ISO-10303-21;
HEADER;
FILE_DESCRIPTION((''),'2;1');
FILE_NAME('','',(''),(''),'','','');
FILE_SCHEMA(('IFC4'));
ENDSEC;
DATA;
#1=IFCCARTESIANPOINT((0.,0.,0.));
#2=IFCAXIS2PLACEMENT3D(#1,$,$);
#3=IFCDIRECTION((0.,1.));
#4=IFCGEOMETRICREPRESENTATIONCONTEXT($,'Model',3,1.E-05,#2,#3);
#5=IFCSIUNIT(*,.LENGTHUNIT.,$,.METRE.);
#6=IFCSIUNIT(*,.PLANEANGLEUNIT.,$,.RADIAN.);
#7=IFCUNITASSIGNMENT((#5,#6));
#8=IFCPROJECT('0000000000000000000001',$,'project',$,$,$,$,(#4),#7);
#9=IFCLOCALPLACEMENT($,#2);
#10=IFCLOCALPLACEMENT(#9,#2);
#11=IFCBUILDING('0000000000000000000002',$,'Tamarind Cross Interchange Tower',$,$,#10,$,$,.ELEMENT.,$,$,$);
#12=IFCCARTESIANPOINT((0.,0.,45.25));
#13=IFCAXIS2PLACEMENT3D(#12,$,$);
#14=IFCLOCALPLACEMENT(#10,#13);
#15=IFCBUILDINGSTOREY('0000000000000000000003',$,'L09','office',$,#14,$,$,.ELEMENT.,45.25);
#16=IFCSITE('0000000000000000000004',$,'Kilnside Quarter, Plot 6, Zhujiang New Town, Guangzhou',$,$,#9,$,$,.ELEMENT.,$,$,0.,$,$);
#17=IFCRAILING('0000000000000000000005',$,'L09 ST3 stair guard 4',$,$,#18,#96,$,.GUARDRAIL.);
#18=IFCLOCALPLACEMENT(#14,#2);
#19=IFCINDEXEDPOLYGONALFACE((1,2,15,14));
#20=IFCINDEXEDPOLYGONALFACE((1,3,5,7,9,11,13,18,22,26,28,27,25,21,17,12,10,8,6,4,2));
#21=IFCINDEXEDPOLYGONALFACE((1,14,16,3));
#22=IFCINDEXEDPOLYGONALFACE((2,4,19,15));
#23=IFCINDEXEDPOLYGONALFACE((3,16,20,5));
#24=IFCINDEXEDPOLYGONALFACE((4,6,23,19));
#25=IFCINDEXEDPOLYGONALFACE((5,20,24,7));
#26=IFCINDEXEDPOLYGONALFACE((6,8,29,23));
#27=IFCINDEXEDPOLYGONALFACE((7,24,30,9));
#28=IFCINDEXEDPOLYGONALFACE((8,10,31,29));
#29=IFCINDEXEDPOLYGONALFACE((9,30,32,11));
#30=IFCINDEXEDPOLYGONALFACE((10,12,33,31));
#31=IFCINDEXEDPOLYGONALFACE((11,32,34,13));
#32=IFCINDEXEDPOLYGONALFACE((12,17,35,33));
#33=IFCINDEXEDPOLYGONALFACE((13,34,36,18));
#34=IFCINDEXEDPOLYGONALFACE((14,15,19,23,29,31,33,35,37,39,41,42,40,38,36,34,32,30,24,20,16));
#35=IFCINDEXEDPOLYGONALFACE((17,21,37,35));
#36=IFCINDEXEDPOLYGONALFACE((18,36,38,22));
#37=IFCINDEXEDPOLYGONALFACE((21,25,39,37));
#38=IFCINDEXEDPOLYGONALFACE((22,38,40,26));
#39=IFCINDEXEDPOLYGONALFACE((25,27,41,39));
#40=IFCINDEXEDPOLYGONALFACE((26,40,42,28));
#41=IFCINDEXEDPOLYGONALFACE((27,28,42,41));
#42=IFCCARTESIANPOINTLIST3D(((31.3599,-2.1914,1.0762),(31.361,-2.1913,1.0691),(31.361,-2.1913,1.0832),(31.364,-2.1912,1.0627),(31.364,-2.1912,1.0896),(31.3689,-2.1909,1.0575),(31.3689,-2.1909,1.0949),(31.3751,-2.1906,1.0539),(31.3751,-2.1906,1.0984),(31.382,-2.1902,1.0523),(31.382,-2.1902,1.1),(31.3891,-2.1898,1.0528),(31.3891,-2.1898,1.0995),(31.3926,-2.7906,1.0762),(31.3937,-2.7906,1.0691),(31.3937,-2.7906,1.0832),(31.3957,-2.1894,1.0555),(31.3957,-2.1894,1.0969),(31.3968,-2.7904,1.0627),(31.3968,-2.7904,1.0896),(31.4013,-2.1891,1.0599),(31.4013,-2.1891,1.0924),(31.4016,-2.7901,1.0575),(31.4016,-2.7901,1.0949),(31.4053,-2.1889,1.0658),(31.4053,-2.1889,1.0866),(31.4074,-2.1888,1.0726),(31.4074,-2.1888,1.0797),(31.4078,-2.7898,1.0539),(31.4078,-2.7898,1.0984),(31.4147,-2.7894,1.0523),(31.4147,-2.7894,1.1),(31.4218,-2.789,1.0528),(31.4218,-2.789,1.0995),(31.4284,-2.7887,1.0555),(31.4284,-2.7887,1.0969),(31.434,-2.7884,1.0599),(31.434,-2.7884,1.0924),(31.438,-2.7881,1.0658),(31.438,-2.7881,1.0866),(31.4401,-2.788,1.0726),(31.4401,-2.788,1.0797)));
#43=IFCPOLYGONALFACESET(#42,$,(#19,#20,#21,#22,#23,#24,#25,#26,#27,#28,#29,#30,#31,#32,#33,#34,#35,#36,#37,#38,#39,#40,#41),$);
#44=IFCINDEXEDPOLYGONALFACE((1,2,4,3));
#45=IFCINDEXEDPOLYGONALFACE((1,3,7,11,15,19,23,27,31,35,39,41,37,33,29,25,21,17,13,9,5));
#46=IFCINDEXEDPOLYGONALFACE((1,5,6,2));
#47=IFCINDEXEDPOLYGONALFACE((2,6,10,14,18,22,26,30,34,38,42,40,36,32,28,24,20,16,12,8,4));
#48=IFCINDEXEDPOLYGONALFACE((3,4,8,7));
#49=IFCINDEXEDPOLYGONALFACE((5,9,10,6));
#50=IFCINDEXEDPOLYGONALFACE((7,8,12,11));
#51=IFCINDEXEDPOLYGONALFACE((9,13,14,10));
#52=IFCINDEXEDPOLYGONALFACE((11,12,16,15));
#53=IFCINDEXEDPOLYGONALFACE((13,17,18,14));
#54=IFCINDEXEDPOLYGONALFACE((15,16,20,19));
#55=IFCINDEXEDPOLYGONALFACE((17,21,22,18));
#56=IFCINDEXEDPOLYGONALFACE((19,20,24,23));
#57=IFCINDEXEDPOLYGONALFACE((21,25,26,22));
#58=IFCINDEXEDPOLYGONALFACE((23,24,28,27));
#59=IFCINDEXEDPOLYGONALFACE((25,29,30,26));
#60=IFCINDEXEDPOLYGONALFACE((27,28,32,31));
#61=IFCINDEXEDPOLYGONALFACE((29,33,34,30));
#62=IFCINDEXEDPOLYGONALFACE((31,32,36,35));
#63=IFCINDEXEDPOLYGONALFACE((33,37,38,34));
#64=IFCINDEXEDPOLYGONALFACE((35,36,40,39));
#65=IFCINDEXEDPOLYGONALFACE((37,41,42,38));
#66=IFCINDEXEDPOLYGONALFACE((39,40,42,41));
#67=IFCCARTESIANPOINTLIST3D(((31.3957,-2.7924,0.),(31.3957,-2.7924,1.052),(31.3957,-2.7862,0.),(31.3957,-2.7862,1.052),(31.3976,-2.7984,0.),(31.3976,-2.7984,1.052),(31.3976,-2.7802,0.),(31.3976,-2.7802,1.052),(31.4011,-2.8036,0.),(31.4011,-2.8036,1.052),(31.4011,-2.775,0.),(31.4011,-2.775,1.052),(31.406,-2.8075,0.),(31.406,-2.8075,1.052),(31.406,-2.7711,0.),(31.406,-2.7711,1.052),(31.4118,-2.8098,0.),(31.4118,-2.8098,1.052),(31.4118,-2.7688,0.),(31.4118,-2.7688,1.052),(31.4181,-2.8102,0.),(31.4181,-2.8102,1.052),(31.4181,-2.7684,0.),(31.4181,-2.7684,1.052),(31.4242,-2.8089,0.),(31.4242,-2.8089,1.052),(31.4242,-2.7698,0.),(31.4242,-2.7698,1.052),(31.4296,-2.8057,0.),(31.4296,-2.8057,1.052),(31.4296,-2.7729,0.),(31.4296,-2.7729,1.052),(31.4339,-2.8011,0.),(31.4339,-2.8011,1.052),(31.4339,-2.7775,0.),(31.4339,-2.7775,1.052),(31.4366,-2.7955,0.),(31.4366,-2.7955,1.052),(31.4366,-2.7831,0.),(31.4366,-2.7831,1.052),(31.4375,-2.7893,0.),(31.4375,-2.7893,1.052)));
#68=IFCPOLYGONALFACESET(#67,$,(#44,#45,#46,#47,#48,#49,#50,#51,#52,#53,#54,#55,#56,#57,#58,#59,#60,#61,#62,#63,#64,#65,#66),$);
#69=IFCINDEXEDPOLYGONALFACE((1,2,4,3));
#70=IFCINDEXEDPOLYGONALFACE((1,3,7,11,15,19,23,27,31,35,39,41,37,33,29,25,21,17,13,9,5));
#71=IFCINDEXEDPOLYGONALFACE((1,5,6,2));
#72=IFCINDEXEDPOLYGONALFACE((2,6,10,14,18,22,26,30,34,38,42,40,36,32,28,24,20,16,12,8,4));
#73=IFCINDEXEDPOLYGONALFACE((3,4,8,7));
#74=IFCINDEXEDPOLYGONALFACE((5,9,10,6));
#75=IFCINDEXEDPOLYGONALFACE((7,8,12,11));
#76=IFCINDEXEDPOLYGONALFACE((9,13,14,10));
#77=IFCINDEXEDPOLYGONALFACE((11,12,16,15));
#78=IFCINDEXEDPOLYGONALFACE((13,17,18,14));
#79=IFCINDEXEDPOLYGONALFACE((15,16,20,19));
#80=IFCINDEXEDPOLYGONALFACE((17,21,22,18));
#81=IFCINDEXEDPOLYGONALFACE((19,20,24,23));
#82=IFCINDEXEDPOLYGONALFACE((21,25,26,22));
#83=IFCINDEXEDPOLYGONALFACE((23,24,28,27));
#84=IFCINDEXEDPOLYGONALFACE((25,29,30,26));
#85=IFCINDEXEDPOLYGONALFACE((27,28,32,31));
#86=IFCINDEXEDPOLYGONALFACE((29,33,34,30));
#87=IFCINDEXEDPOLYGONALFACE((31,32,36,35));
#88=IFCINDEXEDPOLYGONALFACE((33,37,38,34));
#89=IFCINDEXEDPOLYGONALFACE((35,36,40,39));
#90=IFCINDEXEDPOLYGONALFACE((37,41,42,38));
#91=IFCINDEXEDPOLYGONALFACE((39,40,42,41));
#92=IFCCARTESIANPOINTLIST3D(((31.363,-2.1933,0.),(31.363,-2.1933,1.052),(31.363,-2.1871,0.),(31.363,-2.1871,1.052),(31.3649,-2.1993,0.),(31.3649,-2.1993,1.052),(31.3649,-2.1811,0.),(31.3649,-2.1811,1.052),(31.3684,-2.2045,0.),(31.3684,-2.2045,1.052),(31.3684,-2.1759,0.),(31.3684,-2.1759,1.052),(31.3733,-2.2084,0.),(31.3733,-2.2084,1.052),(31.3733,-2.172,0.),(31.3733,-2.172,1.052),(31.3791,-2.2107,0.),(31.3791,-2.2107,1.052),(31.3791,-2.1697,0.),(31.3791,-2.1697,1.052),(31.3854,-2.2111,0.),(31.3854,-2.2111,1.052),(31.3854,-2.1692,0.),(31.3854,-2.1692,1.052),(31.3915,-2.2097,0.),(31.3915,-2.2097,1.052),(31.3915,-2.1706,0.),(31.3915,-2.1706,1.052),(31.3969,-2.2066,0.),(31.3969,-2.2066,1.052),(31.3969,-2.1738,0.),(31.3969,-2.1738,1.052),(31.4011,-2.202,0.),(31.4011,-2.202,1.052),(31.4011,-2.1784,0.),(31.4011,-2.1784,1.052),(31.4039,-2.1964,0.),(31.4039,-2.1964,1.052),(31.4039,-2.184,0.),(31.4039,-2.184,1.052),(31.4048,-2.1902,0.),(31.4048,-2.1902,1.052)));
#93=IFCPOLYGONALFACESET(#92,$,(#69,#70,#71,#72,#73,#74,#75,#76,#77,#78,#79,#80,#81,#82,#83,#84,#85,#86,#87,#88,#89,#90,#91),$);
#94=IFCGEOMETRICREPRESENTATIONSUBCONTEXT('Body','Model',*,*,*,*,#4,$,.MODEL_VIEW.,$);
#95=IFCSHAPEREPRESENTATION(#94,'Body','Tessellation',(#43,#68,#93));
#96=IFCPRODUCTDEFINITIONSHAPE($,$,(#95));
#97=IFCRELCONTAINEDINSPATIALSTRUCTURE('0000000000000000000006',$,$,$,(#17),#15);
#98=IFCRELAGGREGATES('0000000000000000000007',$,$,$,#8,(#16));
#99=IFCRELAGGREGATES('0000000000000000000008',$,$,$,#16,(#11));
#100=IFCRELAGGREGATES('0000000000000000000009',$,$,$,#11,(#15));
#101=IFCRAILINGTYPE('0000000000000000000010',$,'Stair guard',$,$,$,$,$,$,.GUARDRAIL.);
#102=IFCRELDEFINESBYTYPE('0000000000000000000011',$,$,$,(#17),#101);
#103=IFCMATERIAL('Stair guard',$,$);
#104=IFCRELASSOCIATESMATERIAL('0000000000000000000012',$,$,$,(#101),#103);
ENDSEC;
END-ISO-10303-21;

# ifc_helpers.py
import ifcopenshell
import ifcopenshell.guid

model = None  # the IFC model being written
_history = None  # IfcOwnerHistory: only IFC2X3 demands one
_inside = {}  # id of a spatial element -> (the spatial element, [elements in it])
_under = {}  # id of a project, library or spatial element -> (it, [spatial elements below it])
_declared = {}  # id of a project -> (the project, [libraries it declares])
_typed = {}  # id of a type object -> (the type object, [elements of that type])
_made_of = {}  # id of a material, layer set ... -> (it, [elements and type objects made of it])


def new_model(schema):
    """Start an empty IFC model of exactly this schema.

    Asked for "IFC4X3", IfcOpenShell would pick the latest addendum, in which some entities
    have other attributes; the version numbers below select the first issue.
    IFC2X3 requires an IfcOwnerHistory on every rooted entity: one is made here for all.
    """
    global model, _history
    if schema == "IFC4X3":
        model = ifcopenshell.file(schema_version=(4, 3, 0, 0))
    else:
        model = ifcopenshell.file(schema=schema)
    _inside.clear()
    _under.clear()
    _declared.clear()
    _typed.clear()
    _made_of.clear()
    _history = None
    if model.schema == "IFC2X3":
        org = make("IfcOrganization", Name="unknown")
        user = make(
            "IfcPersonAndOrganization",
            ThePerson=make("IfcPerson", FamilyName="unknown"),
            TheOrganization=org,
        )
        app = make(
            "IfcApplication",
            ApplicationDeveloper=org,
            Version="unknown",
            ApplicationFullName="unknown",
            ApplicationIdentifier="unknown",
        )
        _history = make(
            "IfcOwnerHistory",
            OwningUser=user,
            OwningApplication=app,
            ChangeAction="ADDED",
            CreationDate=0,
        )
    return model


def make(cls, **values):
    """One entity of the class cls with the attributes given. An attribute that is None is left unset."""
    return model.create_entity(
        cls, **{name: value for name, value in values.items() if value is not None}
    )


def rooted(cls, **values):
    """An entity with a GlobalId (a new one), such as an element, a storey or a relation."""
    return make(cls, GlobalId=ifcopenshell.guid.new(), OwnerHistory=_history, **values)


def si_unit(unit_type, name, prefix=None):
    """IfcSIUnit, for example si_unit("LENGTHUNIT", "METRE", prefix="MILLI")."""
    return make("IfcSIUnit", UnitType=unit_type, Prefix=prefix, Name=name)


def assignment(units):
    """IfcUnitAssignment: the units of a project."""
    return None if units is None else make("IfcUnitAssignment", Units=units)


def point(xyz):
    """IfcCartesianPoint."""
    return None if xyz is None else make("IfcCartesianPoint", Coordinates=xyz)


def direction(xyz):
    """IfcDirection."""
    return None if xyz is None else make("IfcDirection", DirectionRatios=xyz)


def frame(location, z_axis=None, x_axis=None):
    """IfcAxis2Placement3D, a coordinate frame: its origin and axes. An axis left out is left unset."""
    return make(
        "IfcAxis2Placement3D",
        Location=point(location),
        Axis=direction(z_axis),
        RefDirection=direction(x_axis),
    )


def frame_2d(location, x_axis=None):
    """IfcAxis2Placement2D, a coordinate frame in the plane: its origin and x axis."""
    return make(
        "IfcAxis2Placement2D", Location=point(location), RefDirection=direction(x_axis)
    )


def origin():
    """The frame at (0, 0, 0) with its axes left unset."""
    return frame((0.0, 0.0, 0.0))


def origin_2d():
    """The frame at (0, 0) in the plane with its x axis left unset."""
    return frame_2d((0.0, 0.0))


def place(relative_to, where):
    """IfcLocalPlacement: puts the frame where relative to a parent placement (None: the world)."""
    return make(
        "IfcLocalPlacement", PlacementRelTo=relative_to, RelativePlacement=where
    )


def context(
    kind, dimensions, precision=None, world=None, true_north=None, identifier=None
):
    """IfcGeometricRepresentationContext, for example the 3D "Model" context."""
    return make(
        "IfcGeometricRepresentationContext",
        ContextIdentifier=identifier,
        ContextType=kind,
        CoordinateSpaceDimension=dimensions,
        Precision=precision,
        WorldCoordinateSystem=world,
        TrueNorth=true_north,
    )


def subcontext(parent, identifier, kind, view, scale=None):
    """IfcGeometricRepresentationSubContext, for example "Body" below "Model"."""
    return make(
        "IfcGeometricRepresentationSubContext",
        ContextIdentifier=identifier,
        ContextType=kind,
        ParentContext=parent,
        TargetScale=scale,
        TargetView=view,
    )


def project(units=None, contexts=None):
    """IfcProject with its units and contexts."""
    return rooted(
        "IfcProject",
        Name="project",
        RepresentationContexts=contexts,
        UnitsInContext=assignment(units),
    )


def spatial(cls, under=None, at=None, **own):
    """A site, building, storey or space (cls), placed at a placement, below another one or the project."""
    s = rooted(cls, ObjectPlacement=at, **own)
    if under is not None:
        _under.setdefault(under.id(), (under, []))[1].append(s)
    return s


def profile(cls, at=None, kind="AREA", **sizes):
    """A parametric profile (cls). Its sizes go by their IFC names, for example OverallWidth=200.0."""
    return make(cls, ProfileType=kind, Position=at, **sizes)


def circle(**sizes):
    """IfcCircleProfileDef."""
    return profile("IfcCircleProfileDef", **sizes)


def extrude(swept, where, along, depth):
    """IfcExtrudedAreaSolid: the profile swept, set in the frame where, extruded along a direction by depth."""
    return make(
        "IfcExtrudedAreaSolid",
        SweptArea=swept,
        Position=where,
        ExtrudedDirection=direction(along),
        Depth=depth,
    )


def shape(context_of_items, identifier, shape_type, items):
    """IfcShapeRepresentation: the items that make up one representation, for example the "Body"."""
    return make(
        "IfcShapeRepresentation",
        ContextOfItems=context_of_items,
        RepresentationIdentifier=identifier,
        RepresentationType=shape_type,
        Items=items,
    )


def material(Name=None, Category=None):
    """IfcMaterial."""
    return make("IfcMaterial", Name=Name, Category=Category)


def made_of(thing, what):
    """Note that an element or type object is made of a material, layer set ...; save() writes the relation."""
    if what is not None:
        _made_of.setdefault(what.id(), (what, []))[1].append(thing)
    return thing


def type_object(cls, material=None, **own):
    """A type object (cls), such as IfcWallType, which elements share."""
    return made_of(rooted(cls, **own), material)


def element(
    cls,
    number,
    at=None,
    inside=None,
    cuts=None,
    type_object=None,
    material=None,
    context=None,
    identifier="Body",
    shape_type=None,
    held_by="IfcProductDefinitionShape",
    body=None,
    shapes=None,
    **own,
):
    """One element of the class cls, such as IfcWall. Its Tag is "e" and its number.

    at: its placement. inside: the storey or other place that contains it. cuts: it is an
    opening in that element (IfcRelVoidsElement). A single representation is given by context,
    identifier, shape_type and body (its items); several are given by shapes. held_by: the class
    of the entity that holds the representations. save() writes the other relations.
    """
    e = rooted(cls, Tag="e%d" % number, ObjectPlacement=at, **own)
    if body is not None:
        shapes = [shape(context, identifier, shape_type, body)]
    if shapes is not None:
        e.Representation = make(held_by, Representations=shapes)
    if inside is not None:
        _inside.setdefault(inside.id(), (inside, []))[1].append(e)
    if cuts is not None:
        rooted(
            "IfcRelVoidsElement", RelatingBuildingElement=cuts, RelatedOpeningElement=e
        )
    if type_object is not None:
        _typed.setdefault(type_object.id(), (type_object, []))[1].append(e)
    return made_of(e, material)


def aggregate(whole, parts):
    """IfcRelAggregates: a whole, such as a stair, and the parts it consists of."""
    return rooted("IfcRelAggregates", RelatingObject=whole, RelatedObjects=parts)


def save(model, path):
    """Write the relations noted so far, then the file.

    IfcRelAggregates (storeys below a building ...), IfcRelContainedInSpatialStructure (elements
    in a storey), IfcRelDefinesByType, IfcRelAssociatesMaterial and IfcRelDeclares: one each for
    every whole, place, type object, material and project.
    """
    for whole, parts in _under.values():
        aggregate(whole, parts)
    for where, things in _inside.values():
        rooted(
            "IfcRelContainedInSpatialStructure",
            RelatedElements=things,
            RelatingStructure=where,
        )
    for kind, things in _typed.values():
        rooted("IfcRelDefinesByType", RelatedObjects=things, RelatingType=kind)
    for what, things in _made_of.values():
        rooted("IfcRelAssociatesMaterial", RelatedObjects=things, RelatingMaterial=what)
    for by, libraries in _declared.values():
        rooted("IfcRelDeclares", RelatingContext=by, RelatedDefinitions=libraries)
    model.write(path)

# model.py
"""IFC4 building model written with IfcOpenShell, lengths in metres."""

from ifc_helpers import new_model, si_unit, direction, frame, origin, origin_2d, place, context, subcontext, project, spatial, circle, extrude, material, type_object, element, save


model = new_model("IFC4")

# Units and contexts
model_context = context("Model", 3, precision=1e-05, world=origin(), true_north=direction((0.0, 1.0)))
body_context = subcontext(model_context, "Body", "Model", "MODEL_VIEW")
ifc_project = project(units=[si_unit("LENGTHUNIT", "METRE"), si_unit("PLANEANGLEUNIT", "RADIAN")], contexts=[model_context])

# Site, building, storey
site_placement = place(None, origin())
site = spatial("IfcSite", under=ifc_project, at=site_placement, Name="Kilnside Quarter, Plot 6, Zhujiang New Town, Guangzhou", CompositionType="ELEMENT", RefElevation=0.0)
building_placement = place(site_placement, origin())
building = spatial("IfcBuilding", under=site, at=building_placement, Name="Tamarind Cross Interchange Tower", CompositionType="ELEMENT")
storey_placement = place(building_placement, frame((0.0, 0.0, 45.25)))
storey = spatial("IfcBuildingStorey", under=building, at=storey_placement, Name="L09", Description="office", CompositionType="ELEMENT", Elevation=45.25)

# Railing
ifc_material_1 = material(Name="Stair guard")
railing_type_1 = type_object("IfcRailingType", Name="Stair guard", PredefinedType="GUARDRAIL", material=ifc_material_1)
railing_1_placement = place(storey_placement, frame((31.4165, -2.7893, 0.0)))
element("IfcRailing", 1, at=railing_1_placement, inside=storey, type_object=railing_type_1, Name="L09 ST3 stair guard 4", PredefinedType="GUARDRAIL", context=body_context, shape_type="SweptSolid", body=[
    extrude(circle(Radius=0.0239, at=origin_2d()), frame((0.0, 0.0, 1.0762), z_axis=(-0.054524, 0.998512, 0.0), x_axis=(-0.998512, -0.054524, 0.0)), (0.0, 0.0, 1.0), 0.6001),
    extrude(circle(Radius=0.021, at=origin_2d()), origin(), (0.0, 0.0, 1.0), 1.052),
    extrude(circle(Radius=0.021, at=origin_2d()), frame((-0.0327, 0.5991, 0.0)), (0.0, 0.0, 1.0), 1.052),
])

save(model, "model.ifc")
